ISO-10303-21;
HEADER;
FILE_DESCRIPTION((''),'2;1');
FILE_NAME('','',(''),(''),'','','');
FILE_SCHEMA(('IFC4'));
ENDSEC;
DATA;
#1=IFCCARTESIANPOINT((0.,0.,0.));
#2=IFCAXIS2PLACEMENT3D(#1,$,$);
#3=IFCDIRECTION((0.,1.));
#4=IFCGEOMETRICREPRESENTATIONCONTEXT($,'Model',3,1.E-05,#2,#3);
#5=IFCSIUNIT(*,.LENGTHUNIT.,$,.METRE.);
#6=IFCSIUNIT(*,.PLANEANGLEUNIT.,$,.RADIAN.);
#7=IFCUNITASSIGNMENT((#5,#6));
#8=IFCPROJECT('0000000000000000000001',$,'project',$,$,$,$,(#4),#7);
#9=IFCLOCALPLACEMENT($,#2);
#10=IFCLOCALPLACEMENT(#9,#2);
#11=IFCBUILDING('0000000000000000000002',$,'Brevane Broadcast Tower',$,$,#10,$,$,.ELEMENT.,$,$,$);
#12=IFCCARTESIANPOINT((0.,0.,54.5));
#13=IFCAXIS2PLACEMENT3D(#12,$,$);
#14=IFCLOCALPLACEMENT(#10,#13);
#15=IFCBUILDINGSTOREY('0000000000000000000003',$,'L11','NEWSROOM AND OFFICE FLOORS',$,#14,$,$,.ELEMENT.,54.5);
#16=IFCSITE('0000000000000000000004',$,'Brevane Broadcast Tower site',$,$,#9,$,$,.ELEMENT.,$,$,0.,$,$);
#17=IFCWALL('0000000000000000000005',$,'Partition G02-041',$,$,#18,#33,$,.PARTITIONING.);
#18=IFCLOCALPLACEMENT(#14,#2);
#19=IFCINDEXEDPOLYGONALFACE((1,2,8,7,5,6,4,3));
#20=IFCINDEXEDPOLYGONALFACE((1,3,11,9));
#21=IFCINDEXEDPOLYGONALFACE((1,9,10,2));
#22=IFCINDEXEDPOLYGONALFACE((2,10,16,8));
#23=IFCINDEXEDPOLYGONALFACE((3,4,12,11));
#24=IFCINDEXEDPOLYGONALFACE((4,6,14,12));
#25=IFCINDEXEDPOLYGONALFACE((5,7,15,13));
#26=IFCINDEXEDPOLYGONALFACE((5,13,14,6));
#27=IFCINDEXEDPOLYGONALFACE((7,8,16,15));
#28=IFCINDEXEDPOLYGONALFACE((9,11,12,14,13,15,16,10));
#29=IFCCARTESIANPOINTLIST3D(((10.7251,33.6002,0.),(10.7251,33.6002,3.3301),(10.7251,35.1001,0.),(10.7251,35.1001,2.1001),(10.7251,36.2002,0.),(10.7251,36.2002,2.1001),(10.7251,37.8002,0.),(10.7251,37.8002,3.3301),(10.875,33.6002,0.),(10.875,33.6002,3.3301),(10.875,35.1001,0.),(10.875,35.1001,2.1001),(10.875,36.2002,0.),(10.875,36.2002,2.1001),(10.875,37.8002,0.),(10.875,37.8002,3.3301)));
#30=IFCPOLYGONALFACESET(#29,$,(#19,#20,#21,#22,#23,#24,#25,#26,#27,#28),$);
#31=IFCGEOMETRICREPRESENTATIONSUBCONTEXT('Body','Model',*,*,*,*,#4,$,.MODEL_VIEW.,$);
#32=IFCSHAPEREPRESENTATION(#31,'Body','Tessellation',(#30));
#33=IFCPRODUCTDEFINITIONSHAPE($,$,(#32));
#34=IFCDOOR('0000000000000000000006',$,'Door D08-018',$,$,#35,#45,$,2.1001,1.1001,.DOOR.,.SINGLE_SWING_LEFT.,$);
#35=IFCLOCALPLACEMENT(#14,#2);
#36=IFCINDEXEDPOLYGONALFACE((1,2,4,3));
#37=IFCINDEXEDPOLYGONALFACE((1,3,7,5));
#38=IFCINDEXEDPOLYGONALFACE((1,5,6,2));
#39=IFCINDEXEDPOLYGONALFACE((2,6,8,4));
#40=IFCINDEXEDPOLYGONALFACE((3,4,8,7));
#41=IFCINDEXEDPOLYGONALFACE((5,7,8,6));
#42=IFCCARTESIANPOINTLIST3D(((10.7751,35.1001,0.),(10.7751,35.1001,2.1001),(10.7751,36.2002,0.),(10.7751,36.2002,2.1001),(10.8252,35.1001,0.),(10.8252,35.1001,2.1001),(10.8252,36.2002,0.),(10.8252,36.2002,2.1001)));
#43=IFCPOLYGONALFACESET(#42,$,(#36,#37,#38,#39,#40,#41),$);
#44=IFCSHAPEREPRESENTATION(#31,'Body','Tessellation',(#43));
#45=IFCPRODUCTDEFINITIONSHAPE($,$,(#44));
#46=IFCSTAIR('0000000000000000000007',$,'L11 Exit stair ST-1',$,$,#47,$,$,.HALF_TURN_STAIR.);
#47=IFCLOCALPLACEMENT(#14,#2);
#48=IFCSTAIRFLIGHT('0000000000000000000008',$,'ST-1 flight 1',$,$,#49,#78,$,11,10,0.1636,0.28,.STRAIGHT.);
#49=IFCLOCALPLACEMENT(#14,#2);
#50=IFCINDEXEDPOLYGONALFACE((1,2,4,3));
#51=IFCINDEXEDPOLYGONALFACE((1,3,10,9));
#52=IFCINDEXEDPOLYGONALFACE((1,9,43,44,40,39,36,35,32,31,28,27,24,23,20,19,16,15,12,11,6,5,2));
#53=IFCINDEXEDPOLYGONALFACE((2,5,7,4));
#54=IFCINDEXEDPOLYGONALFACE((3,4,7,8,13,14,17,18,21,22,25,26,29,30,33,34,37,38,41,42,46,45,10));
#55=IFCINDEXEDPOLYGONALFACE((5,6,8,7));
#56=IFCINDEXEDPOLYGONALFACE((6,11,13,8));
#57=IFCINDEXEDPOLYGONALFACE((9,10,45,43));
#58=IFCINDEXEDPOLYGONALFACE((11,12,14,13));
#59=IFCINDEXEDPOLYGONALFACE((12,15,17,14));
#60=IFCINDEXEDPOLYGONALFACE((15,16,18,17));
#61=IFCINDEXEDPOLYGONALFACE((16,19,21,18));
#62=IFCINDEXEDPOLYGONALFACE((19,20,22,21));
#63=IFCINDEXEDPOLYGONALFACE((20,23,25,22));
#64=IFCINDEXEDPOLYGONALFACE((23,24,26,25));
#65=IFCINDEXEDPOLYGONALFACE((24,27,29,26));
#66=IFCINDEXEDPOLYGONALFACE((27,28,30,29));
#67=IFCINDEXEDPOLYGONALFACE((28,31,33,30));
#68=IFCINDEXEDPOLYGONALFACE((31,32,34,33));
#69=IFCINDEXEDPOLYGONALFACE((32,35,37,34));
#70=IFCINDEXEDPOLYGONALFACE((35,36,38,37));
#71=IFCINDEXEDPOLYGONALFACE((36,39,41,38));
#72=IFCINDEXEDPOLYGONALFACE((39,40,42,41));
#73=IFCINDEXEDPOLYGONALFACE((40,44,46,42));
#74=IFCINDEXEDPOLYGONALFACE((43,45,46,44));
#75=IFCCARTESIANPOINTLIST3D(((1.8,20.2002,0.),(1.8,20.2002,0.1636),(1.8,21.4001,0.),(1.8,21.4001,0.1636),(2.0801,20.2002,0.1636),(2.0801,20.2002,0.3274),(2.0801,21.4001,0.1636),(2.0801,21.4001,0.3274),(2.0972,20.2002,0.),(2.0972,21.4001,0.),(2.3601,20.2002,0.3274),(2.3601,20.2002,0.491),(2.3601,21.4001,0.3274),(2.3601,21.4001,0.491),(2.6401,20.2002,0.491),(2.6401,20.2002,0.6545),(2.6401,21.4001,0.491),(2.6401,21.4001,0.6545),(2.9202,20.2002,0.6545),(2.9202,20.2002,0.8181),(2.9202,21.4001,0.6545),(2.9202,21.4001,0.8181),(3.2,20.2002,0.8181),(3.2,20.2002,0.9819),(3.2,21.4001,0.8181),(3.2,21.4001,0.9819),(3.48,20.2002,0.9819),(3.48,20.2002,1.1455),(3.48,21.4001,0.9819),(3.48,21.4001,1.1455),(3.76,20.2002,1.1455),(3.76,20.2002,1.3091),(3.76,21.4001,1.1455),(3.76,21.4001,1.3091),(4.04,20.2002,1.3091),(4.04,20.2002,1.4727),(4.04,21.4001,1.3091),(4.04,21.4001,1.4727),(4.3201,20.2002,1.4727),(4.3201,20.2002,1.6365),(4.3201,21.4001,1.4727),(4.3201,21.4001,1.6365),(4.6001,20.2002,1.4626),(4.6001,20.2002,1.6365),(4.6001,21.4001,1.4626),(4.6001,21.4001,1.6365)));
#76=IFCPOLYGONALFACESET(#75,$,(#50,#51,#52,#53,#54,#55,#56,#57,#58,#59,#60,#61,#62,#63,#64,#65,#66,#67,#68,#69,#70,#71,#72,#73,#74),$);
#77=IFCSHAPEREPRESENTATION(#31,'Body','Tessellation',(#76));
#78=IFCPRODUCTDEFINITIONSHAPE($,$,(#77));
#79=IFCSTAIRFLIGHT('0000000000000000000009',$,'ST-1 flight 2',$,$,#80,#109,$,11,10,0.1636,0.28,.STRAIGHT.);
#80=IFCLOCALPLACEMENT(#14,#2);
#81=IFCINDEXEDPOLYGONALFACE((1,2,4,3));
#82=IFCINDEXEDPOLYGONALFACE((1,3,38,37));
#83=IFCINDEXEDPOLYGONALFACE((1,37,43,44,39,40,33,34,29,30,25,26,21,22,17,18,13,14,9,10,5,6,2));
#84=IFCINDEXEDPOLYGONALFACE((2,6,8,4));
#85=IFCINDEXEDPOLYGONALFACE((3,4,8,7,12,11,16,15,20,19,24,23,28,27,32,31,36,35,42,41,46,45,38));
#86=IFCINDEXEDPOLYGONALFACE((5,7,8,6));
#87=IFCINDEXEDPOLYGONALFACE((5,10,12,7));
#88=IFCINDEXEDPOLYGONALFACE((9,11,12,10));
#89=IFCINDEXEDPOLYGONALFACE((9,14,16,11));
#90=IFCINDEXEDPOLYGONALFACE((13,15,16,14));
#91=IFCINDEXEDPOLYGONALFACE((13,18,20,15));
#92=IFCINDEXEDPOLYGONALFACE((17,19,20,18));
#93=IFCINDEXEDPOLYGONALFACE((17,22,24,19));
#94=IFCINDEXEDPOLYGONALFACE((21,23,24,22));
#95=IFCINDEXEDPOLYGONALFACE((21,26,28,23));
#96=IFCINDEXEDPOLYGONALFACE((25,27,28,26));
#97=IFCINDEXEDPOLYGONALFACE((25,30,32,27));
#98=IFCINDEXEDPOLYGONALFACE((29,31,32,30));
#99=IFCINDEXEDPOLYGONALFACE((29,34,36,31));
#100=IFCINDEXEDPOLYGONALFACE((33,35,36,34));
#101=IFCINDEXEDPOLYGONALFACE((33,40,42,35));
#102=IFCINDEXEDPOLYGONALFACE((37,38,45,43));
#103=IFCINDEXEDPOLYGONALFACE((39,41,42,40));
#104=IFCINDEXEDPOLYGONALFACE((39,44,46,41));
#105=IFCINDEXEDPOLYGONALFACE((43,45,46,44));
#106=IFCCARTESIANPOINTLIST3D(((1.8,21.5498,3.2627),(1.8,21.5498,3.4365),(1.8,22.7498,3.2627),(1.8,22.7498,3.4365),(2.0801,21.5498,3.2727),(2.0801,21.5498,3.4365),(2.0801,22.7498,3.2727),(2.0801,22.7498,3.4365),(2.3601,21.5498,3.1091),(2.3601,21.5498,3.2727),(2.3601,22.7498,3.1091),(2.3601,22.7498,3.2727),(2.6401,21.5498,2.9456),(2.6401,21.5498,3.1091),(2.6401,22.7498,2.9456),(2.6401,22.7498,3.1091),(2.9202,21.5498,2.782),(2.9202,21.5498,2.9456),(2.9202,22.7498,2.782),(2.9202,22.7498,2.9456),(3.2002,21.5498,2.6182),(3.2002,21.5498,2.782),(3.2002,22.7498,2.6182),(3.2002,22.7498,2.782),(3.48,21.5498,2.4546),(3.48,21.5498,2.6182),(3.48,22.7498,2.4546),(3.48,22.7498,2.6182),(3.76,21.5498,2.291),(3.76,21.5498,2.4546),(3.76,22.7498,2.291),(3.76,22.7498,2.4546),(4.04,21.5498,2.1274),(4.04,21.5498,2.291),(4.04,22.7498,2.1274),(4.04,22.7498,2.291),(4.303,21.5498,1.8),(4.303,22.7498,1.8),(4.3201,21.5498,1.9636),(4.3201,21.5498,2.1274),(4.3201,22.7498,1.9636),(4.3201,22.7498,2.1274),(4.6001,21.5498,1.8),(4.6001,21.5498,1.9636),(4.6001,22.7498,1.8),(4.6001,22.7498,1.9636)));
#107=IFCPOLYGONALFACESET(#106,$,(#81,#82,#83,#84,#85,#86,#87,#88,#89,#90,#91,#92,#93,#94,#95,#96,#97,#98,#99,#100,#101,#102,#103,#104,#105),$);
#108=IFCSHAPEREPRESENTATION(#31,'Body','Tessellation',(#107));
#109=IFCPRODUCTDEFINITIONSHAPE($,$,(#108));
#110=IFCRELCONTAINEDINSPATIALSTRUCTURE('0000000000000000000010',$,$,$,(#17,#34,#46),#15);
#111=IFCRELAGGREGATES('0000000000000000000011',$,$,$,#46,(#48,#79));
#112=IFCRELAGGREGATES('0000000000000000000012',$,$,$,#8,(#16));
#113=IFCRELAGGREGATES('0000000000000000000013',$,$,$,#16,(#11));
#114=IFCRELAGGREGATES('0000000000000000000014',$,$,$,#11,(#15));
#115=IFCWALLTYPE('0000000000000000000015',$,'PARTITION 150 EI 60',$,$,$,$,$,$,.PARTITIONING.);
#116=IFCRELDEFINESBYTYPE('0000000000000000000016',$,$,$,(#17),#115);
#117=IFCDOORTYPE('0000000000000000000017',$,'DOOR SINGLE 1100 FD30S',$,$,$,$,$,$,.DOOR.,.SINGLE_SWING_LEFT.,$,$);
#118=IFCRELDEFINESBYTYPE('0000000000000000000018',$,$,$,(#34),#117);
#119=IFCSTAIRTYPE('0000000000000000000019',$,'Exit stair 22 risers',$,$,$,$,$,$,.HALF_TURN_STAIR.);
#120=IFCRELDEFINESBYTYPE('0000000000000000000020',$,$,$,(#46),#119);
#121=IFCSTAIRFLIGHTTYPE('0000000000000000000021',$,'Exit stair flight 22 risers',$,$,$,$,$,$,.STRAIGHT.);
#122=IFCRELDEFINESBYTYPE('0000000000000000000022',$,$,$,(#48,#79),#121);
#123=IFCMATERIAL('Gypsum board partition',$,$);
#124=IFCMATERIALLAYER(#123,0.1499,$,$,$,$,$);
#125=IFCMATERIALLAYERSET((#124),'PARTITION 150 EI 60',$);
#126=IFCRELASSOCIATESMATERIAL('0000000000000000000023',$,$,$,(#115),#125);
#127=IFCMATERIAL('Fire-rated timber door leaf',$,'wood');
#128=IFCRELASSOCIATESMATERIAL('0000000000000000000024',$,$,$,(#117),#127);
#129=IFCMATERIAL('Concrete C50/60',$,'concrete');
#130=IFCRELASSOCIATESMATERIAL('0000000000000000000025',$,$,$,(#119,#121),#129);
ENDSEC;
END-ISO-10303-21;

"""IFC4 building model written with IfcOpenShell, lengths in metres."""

from ifc_helpers import new_model, si_unit, direction, frame, frame_2d, origin, place, context, subcontext, project, spatial, polyline, rectangle, outline, extrude, material, layer, layer_set, type_object, element, fill, aggregate, save


model = new_model("IFC4")

# Units and contexts
model_context = context("Model", 3, precision=1e-05, world=origin(), true_north=direction((0.0, 1.0)))
body_context = subcontext(model_context, "Body", "Model", "MODEL_VIEW")
ifc_project = project(units=[si_unit("LENGTHUNIT", "METRE"), si_unit("PLANEANGLEUNIT", "RADIAN")], contexts=[model_context])

# Site, building, storey
site_placement = place(None, origin())
site = spatial("IfcSite", under=ifc_project, at=site_placement, Name="Brevane Broadcast Tower site", CompositionType="ELEMENT", RefElevation=0.0)
building_placement = place(site_placement, origin())
building = spatial("IfcBuilding", under=site, at=building_placement, Name="Brevane Broadcast Tower", CompositionType="ELEMENT")
storey_placement = place(building_placement, frame((0.0, 0.0, 54.5)))
storey = spatial("IfcBuildingStorey", under=building, at=storey_placement, Name="L11", Description="NEWSROOM AND OFFICE FLOORS", CompositionType="ELEMENT", Elevation=54.5)

# Shared definitions
ifc_material_1 = material(Name="Gypsum board partition")

# Shared definitions
ifc_layer_1 = layer(ifc_material_1, 0.1499)
ifc_layer_set_1 = layer_set([ifc_layer_1], Name="PARTITION 150 EI 60")
wall_type_1 = type_object("IfcWallType", Name="PARTITION 150 EI 60", PredefinedType="PARTITIONING", material=ifc_layer_set_1)
ifc_material_2 = material(Name="Fire-rated timber door leaf", Category="wood")
door_type_1 = type_object("IfcDoorType", Name="DOOR SINGLE 1100 FD30S", OperationType="SINGLE_SWING_LEFT", PredefinedType="DOOR", material=ifc_material_2)

# Wall, opening, door
wall_1_placement = place(storey_placement, frame((10.8, 33.6001, 0.0), z_axis=(0.0, 0.0, 1.0), x_axis=(0.0, 1.0, 0.0)))
wall_1 = element("IfcWall", 1, at=wall_1_placement, inside=storey, type_object=wall_type_1, Name="Partition G02-041", PredefinedType="PARTITIONING", context=body_context, shape_type="SweptSolid", body=[
    extrude(rectangle(XDim=4.2, YDim=0.1499, at=frame_2d((2.1001, 0.0))), origin(), (0.0, 0.0, 1.0), 3.3301),
])
opening_1_placement = place(wall_1_placement, frame((1.5, 0.0, 0.0)))
opening_1 = element("IfcOpeningElement", 2, at=opening_1_placement, cuts=wall_1, PredefinedType="OPENING", context=body_context, shape_type="SweptSolid", body=[
    extrude(rectangle(XDim=1.1001, YDim=2.1001, at=frame_2d((0.55, 1.05))), frame((0.0, 0.085, 0.0), z_axis=(0.0, -1.0, 0.0), x_axis=(1.0, 0.0, 0.0)), (0.0, 0.0, 1.0), 0.1699),
])
door_1_placement = place(opening_1_placement, origin())
door_1 = element("IfcDoor", 3, at=door_1_placement, inside=storey, type_object=door_type_1, Name="Door D08-018", OperationType="SINGLE_SWING_LEFT", OverallHeight=2.1001, OverallWidth=1.1001, PredefinedType="DOOR", context=body_context, shape_type="SweptSolid", body=[
    extrude(rectangle(XDim=1.1001, YDim=2.1001, at=frame_2d((0.55, 1.05))), frame((0.0, 0.0249, 0.0), z_axis=(0.0, -1.0, 0.0), x_axis=(1.0, 0.0, 0.0)), (0.0, 0.0, 1.0), 0.05),
])
fill(opening_1, door_1)

# Stair, stair flights
ifc_material_3 = material(Name="Concrete C50/60", Category="concrete")
stair_type = type_object("IfcStairType", Name="Exit stair 22 risers", PredefinedType="HALF_TURN_STAIR", material=ifc_material_3)
stair_placement = place(storey_placement, origin())
stair = element("IfcStair", 4, at=stair_placement, inside=storey, type_object=stair_type, Name="L11 Exit stair ST-1", PredefinedType="HALF_TURN_STAIR")
stair_flight_type = type_object("IfcStairFlightType", Name="Exit stair flight 22 risers", PredefinedType="STRAIGHT", material=ifc_material_3)
stair_flight_1_placement = place(storey_placement, frame((1.8, 20.8, 0.0), z_axis=(0.0, 0.0, 1.0), x_axis=(1.0, 0.0, 0.0)))
stair_flight_1 = element("IfcStairFlight", 5, at=stair_flight_1_placement, type_object=stair_flight_type, Name="ST-1 flight 1", NumberOfRisers=11, NumberOfTreads=10, PredefinedType="STRAIGHT", RiserHeight=0.1636, TreadLength=0.28, context=body_context, shape_type="SweptSolid", body=[
    extrude(outline(polyline([(0.0, 0.0), (0.0, 0.1636), (0.28, 0.1636), (0.28, 0.3274), (0.5601, 0.3274), (0.5601, 0.491), (0.8401, 0.491), (0.8401, 0.6545), (1.1201, 0.6545), (1.1201, 0.8181), (1.3999, 0.8181), (1.3999, 0.9819), (1.6799, 0.9819), (1.6799, 1.1455), (1.96, 1.1455), (1.96, 1.3091), (2.24, 1.3091), (2.24, 1.4727), (2.52, 1.4727), (2.52, 1.6365), (2.8, 1.6365), (2.8, 1.8), (2.8, 1.4626), (0.2971, 0.0), (0.0, 0.0)])), frame((0.0, 0.6001, 0.0), z_axis=(0.0, -1.0, 0.0), x_axis=(1.0, 0.0, 0.0)), (0.0, 0.0, 1.0), 1.2),
])
stair_flight_2_placement = place(storey_placement, frame((4.6001, 22.1499, 1.8), z_axis=(0.0, 0.0, 1.0), x_axis=(-1.0, 0.0, 0.0)))
stair_flight_2 = element("IfcStairFlight", 6, at=stair_flight_2_placement, type_object=stair_flight_type, Name="ST-1 flight 2", NumberOfRisers=11, NumberOfTreads=10, PredefinedType="STRAIGHT", RiserHeight=0.1636, TreadLength=0.28, context=body_context, shape_type="SweptSolid", body=[
    extrude(outline(polyline([(0.0, 0.0), (0.0, 0.1636), (0.28, 0.1636), (0.28, 0.3274), (0.5601, 0.3274), (0.5601, 0.491), (0.8401, 0.491), (0.8401, 0.6545), (1.1201, 0.6545), (1.1201, 0.8181), (1.3999, 0.8181), (1.3999, 0.9819), (1.6799, 0.9819), (1.6799, 1.1455), (1.96, 1.1455), (1.96, 1.3091), (2.24, 1.3091), (2.24, 1.4727), (2.52, 1.4727), (2.52, 1.6365), (2.8, 1.6365), (2.8, 1.8), (2.8, 1.4626), (0.2971, 0.0), (0.0, 0.0)])), frame((0.0, 0.6001, 0.0), z_axis=(0.0, -1.0, 0.0), x_axis=(1.0, 0.0, 0.0)), (0.0, 0.0, 1.0), 1.2),
])
aggregate(stair, [stair_flight_1, stair_flight_2])

save(model, "model.ifc")
